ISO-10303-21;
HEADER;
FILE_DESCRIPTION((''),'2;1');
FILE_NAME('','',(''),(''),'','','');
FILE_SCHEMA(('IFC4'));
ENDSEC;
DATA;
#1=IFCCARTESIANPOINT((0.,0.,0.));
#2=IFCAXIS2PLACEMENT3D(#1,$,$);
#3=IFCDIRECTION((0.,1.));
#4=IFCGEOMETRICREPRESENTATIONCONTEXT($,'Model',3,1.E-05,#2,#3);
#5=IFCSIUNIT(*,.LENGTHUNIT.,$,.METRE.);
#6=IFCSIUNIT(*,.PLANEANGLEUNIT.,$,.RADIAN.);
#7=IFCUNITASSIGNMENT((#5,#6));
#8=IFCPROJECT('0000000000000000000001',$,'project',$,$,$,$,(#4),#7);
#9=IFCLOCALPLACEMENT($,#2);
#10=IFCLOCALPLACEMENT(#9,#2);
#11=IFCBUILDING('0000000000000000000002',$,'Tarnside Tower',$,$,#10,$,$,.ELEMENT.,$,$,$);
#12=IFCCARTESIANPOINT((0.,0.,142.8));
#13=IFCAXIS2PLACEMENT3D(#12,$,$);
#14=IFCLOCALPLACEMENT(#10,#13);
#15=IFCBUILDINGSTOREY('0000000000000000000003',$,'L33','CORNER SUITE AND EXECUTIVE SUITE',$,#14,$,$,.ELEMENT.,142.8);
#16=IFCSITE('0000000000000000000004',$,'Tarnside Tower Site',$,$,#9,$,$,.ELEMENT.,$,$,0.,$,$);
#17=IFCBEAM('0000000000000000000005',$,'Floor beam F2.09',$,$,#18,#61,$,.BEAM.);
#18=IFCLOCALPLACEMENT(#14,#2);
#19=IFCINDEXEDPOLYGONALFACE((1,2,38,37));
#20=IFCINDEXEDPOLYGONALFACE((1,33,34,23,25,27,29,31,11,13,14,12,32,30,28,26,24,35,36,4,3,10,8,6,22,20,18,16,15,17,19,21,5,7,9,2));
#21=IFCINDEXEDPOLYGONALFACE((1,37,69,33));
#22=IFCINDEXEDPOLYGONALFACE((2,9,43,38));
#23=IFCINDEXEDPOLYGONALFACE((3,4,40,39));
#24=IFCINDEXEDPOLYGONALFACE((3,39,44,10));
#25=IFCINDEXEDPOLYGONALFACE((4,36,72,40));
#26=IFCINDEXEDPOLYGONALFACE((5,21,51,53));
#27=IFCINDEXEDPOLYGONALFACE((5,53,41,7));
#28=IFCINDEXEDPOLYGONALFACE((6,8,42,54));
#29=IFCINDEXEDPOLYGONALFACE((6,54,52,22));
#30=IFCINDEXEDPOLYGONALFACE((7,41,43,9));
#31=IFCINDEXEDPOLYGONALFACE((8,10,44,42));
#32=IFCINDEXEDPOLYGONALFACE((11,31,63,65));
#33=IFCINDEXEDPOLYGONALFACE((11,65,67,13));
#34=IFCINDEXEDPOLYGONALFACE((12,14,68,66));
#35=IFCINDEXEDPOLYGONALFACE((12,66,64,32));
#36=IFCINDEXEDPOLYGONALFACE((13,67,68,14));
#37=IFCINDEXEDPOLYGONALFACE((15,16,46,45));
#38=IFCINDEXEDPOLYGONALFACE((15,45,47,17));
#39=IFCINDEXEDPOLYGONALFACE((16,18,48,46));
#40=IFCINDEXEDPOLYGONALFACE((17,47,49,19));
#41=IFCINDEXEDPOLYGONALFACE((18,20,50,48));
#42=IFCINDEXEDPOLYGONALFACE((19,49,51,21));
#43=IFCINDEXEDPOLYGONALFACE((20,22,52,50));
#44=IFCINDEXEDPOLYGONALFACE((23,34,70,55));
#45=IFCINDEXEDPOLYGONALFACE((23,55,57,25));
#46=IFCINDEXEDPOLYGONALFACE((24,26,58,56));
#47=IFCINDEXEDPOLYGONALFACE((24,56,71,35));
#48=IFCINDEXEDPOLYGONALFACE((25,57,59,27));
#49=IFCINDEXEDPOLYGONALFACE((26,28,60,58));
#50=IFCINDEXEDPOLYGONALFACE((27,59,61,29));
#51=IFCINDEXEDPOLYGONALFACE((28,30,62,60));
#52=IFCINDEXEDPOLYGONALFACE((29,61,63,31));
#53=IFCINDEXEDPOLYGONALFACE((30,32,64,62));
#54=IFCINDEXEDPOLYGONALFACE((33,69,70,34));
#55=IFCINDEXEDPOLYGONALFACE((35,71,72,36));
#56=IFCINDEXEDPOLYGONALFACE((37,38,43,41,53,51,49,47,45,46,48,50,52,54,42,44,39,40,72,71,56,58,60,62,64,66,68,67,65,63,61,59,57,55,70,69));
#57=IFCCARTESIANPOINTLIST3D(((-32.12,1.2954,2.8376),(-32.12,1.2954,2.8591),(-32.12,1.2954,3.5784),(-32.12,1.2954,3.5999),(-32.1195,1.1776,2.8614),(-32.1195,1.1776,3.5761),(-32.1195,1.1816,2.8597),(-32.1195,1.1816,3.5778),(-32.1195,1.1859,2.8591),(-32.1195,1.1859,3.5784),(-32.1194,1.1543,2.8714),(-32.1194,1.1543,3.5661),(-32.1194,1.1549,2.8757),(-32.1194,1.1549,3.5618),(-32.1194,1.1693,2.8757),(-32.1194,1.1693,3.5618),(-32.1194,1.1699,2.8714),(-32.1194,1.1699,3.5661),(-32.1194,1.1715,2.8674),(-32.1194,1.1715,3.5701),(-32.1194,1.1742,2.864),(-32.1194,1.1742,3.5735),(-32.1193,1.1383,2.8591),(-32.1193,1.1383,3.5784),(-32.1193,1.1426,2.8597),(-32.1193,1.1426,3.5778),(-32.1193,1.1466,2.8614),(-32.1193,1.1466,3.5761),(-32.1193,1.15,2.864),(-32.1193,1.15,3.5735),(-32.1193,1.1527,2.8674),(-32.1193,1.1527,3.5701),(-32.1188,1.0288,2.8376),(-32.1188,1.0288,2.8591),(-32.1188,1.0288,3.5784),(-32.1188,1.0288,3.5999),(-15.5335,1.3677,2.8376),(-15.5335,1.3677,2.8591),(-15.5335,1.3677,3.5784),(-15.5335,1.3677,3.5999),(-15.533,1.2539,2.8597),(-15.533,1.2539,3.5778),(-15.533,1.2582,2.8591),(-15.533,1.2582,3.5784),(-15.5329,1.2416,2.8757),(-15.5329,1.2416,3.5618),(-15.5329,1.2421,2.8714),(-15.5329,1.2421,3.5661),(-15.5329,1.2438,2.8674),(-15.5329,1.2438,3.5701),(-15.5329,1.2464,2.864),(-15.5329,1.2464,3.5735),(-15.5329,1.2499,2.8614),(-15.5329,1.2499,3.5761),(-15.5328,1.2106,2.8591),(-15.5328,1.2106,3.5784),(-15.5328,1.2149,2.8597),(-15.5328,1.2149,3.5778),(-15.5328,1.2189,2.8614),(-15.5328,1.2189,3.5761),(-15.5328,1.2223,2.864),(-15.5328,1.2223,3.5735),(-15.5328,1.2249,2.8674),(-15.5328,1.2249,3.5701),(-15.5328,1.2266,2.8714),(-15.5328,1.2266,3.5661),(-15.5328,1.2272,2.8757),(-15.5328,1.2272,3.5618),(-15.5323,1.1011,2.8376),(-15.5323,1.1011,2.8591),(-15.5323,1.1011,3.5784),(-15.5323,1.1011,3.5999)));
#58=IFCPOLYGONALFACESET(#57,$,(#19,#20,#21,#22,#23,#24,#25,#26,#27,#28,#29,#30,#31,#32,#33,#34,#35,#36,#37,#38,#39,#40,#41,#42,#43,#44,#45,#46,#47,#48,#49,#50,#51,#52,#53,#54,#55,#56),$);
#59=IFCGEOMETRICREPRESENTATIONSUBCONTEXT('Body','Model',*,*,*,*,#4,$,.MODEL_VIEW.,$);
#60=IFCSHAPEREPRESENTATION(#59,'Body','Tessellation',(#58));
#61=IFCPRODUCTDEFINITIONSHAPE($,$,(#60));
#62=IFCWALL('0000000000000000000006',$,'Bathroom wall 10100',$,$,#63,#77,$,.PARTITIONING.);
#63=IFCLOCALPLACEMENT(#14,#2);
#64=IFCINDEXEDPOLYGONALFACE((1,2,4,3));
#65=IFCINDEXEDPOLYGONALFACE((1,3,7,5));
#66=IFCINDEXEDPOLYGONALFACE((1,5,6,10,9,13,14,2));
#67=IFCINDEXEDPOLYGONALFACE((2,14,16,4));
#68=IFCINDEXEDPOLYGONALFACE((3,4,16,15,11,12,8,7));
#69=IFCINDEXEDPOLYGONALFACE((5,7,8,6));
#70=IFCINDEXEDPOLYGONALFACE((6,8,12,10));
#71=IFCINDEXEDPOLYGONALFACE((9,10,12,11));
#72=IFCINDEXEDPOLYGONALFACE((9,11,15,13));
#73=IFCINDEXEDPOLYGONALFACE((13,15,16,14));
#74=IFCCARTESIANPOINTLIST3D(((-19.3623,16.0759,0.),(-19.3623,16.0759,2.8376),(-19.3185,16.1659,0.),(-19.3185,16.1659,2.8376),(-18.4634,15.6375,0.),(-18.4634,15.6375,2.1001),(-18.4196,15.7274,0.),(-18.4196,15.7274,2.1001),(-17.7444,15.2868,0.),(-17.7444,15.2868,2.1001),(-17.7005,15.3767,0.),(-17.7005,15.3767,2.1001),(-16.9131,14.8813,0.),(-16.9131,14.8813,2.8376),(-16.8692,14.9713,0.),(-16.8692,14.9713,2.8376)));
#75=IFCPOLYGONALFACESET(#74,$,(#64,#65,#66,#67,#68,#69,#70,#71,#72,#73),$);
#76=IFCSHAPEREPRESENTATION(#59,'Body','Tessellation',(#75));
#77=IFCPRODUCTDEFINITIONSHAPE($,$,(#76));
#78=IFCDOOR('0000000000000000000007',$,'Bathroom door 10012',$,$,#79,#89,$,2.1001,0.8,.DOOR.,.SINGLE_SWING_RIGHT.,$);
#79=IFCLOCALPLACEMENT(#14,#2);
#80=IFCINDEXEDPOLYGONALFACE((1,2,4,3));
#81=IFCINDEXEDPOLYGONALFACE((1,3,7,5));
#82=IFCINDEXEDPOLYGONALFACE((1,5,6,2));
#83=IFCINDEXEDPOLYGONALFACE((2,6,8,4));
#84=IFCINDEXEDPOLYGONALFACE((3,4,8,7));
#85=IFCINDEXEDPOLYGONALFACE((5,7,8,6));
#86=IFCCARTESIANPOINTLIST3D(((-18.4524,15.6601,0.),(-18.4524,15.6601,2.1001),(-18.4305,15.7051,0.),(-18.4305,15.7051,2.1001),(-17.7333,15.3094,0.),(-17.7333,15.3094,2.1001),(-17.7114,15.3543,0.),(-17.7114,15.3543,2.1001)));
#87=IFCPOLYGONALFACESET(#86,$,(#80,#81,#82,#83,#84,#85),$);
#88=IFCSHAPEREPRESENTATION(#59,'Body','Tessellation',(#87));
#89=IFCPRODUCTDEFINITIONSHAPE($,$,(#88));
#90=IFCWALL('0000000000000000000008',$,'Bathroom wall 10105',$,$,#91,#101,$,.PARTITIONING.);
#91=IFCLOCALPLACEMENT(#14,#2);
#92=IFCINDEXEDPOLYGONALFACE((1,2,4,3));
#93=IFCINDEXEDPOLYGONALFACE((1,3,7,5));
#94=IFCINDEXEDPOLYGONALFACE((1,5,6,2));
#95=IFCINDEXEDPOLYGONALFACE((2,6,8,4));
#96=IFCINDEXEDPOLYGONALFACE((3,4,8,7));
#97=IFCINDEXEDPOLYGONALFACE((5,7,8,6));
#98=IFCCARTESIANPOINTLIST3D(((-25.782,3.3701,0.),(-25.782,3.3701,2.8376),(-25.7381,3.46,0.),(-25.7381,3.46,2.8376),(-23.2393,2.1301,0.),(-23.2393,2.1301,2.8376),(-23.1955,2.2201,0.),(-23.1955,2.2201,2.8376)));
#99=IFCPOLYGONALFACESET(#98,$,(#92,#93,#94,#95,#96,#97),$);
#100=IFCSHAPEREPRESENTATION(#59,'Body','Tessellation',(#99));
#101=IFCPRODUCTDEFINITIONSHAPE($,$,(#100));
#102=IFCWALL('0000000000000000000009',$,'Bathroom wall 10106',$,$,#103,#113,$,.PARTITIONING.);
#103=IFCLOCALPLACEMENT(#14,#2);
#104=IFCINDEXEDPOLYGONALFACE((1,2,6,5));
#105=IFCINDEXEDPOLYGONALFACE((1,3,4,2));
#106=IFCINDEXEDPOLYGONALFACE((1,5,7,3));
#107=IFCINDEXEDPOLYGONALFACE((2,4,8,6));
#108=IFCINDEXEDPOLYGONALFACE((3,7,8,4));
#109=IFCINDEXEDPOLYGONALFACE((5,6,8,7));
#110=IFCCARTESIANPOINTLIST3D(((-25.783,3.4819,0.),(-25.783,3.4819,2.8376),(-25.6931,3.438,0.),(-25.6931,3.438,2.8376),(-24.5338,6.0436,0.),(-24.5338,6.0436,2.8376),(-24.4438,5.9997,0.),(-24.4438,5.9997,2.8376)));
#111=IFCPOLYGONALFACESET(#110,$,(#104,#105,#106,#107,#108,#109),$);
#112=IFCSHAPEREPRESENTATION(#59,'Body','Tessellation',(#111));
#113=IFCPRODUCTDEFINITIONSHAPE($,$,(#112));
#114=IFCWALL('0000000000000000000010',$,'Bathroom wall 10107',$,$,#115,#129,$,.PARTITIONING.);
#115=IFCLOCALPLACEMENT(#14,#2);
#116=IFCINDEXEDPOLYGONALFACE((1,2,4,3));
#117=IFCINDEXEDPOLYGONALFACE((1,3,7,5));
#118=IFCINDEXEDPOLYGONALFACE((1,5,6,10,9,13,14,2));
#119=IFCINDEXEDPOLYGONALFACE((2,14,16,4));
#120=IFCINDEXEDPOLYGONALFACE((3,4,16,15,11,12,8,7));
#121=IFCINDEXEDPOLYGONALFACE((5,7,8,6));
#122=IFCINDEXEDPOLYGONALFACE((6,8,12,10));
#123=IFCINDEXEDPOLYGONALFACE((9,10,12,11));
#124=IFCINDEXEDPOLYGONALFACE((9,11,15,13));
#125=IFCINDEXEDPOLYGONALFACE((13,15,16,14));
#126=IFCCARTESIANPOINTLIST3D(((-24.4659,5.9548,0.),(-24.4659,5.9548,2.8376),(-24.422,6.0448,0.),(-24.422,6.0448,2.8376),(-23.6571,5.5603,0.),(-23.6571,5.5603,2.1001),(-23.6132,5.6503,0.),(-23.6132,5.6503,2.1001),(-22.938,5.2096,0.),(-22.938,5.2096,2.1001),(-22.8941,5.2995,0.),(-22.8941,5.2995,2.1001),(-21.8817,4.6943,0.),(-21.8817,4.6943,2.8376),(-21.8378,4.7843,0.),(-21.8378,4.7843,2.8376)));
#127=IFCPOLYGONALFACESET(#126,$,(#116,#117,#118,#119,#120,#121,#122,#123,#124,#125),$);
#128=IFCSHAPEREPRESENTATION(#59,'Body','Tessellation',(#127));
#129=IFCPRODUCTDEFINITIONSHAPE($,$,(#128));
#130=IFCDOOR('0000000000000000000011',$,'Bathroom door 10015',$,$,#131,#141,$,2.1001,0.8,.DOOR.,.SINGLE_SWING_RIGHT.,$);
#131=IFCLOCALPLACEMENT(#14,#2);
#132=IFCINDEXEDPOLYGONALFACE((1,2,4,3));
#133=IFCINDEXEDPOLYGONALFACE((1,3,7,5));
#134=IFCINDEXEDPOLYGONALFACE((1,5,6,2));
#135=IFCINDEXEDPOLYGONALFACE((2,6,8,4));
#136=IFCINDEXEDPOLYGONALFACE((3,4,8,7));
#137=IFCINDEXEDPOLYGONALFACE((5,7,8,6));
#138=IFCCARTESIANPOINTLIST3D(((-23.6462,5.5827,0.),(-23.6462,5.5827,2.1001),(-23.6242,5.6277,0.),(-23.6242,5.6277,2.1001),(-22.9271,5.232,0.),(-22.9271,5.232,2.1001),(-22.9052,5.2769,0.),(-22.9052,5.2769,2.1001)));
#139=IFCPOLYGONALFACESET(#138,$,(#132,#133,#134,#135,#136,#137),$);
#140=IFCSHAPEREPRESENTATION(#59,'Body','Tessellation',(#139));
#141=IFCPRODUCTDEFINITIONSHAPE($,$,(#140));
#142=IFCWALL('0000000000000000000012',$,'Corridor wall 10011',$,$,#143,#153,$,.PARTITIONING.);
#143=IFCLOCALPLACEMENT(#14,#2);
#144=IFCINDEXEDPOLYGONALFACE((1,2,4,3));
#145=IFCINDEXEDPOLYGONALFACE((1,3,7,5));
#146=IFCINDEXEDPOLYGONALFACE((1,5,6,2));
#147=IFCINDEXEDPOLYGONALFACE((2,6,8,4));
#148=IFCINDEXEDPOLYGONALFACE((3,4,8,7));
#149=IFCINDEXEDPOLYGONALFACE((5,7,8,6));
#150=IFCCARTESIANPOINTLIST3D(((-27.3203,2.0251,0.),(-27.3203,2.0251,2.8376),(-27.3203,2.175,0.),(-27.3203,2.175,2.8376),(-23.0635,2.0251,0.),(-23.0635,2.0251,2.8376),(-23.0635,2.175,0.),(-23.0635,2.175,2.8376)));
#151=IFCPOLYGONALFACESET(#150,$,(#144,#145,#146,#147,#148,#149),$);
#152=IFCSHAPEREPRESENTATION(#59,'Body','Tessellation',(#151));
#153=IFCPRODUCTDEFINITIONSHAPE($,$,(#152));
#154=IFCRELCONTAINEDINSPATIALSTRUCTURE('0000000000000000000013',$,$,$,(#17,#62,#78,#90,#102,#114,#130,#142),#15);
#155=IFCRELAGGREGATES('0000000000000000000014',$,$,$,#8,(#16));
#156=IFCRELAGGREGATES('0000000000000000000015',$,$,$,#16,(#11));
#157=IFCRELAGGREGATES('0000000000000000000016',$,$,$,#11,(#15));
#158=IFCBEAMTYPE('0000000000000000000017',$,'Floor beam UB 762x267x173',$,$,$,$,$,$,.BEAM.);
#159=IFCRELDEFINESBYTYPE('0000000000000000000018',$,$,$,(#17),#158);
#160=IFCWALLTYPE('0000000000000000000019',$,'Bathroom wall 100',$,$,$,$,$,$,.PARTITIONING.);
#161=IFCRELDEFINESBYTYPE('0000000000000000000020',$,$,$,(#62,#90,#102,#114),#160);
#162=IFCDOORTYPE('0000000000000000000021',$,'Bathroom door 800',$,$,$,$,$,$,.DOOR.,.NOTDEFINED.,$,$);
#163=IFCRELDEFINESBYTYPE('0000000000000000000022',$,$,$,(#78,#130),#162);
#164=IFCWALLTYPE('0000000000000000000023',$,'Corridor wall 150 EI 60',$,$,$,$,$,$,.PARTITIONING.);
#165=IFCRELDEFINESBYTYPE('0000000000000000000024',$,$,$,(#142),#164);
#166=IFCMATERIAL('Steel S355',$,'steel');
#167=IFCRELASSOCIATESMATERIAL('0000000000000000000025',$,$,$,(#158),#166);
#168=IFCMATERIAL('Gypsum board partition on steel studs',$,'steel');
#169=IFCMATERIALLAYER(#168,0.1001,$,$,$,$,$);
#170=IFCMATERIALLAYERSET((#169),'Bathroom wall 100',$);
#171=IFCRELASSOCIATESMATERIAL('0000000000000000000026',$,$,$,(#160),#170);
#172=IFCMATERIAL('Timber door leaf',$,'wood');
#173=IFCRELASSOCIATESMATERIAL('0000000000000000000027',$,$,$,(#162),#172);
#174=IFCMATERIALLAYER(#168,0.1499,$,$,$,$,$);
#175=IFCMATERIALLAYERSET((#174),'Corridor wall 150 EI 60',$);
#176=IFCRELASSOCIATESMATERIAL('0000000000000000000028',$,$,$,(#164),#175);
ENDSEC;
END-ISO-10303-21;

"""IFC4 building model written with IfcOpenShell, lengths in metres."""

from ifc_helpers import new_model, si_unit, direction, frame, frame_2d, origin, origin_2d, place, context, subcontext, project, spatial, rectangle, i_section, extrude, material, layer, layer_set, material_profile, profile_set, type_object, element, fill, save


model = new_model("IFC4")

# Units and contexts
model_context = context("Model", 3, precision=1e-05, world=origin(), true_north=direction((0.0, 1.0)))
body_context = subcontext(model_context, "Body", "Model", "MODEL_VIEW")
ifc_project = project(units=[si_unit("LENGTHUNIT", "METRE"), si_unit("PLANEANGLEUNIT", "RADIAN")], contexts=[model_context])

# Site, building, storey
site_placement = place(None, origin())
site = spatial("IfcSite", under=ifc_project, at=site_placement, Name="Tarnside Tower Site", CompositionType="ELEMENT", RefElevation=0.0)
building_placement = place(site_placement, origin())
building = spatial("IfcBuilding", under=site, at=building_placement, Name="Tarnside Tower", CompositionType="ELEMENT")
storey_placement = place(building_placement, frame((0.0, 0.0, 142.8)))
storey = spatial("IfcBuildingStorey", under=building, at=storey_placement, Name="L33", Description="CORNER SUITE AND EXECUTIVE SUITE", CompositionType="ELEMENT", Elevation=142.8)

# Beam
ifc_material_1 = material(Name="Steel S355", Category="steel")
ifc_material_profile_1 = material_profile(ifc_material_1, i_section(OverallWidth=0.2666, OverallDepth=0.7622, WebThickness=0.0144, FlangeThickness=0.0215, FilletRadius=0.0166, at=origin_2d()), Name="UB 762x267x173")
ifc_profile_set_1 = profile_set([ifc_material_profile_1], Name="Steel S355")
beam_type_1 = type_object("IfcBeamType", Name="Floor beam UB 762x267x173", PredefinedType="BEAM", material=ifc_profile_set_1)
beam_1_placement = place(storey_placement, frame((-32.1194, 1.1621, 3.2188), z_axis=(0.999991, 0.004357, 0.0), x_axis=(-0.004357, 0.999991, 0.0)))
element("IfcBeam", 1, at=beam_1_placement, inside=storey, type_object=beam_type_1, Name="Floor beam F2.09", PredefinedType="BEAM", context=body_context, shape_type="SweptSolid", body=[
    extrude(i_section(OverallWidth=0.2666, OverallDepth=0.7622, WebThickness=0.0144, FlangeThickness=0.0215, FilletRadius=0.0166, at=origin_2d()), origin(), (0.0, 0.0, 1.0), 16.5867),
])

# Wall, opening, door
ifc_material_2 = material(Name="Gypsum board partition on steel studs", Category="steel")
ifc_layer_1 = layer(ifc_material_2, 0.1001)
ifc_layer_set_1 = layer_set([ifc_layer_1], Name="Bathroom wall 100")
wall_type_1 = type_object("IfcWallType", Name="Bathroom wall 100", PredefinedType="PARTITIONING", material=ifc_layer_set_1)
wall_1_placement = place(storey_placement, frame((-16.8911, 14.9263, 0.0), z_axis=(0.0, 0.0, 1.0), x_axis=(-0.898792, 0.438376, 0.0)))
wall_1 = element("IfcWall", 2, at=wall_1_placement, inside=storey, type_object=wall_type_1, Name="Bathroom wall 10100", PredefinedType="PARTITIONING", context=body_context, shape_type="SweptSolid", body=[
    extrude(rectangle(XDim=2.7251, YDim=0.1001, at=frame_2d((1.3625, 0.0))), origin(), (0.0, 0.0, 1.0), 2.8376),
])
opening_1_placement = place(wall_1_placement, frame((0.925, 0.0, 0.0)))
opening_1 = element("IfcOpeningElement", 3, at=opening_1_placement, cuts=wall_1, PredefinedType="OPENING", context=body_context, shape_type="SweptSolid", body=[
    extrude(rectangle(XDim=0.8, YDim=2.1001, at=frame_2d((0.3999, 1.05))), frame((0.0, 0.0601, 0.0), z_axis=(0.0, -1.0, 0.0), x_axis=(1.0, 0.0, 0.0)), (0.0, 0.0, 1.0), 0.1201),
])
ifc_material_3 = material(Name="Timber door leaf", Category="wood")
door_type_1 = type_object("IfcDoorType", Name="Bathroom door 800", OperationType="NOTDEFINED", PredefinedType="DOOR", material=ifc_material_3)
door_1_placement = place(opening_1_placement, origin())
door_1 = element("IfcDoor", 4, at=door_1_placement, inside=storey, type_object=door_type_1, Name="Bathroom door 10012", OperationType="SINGLE_SWING_RIGHT", OverallHeight=2.1001, OverallWidth=0.8, PredefinedType="DOOR", context=body_context, shape_type="SweptSolid", body=[
    extrude(rectangle(XDim=0.8, YDim=2.1001, at=frame_2d((0.3999, 1.05))), frame((0.0, 0.0249, 0.0), z_axis=(0.0, -1.0, 0.0), x_axis=(1.0, 0.0, 0.0)), (0.0, 0.0, 1.0), 0.05),
])
fill(opening_1, door_1)

# Walls
wall_2_placement = place(storey_placement, frame((-23.2173, 2.175, 0.0), z_axis=(0.0, 0.0, 1.0), x_axis=(-0.898819, 0.43832, 0.0)))
element("IfcWall", 5, at=wall_2_placement, inside=storey, type_object=wall_type_1, Name="Bathroom wall 10105", PredefinedType="PARTITIONING", context=body_context, shape_type="SweptSolid", body=[
    extrude(rectangle(XDim=2.8289, YDim=0.1001, at=frame_2d((1.4146, 0.0))), origin(), (0.0, 0.0, 1.0), 2.8376),
])
wall_3_placement = place(storey_placement, frame((-25.738, 3.46, 0.0), z_axis=(0.0, 0.0, 1.0), x_axis=(0.438317, 0.89882, 0.0)))
element("IfcWall", 6, at=wall_3_placement, inside=storey, type_object=wall_type_1, Name="Bathroom wall 10106", PredefinedType="PARTITIONING", context=body_context, shape_type="SweptSolid", body=[
    extrude(rectangle(XDim=2.8501, YDim=0.1001, at=frame_2d((1.425, 0.0))), origin(), (0.0, 0.0, 1.0), 2.8376),
])

# Wall, opening, door
wall_4_placement = place(storey_placement, frame((-24.4438, 5.9998, 0.0), z_axis=(0.0, 0.0, 1.0), x_axis=(0.898782, -0.438395, 0.0)))
wall_4 = element("IfcWall", 7, at=wall_4_placement, inside=storey, type_object=wall_type_1, Name="Bathroom wall 10107", PredefinedType="PARTITIONING", context=body_context, shape_type="SweptSolid", body=[
    extrude(rectangle(XDim=2.8752, YDim=0.1001, at=frame_2d((1.4375, 0.0))), origin(), (0.0, 0.0, 1.0), 2.8376),
])
opening_2_placement = place(wall_4_placement, frame((0.8999, 0.0, 0.0)))
opening_2 = element("IfcOpeningElement", 8, at=opening_2_placement, cuts=wall_4, PredefinedType="OPENING", context=body_context, shape_type="SweptSolid", body=[
    extrude(rectangle(XDim=0.8, YDim=2.1001, at=frame_2d((0.3999, 1.05))), frame((0.0, 0.0601, 0.0), z_axis=(0.0, -1.0, 0.0), x_axis=(1.0, 0.0, 0.0)), (0.0, 0.0, 1.0), 0.1201),
])
door_2_placement = place(opening_2_placement, origin())
door_2 = element("IfcDoor", 9, at=door_2_placement, inside=storey, type_object=door_type_1, Name="Bathroom door 10015", OperationType="SINGLE_SWING_RIGHT", OverallHeight=2.1001, OverallWidth=0.8, PredefinedType="DOOR", context=body_context, shape_type="SweptSolid", body=[
    extrude(rectangle(XDim=0.8, YDim=2.1001, at=frame_2d((0.3999, 1.05))), frame((0.0, 0.0249, 0.0), z_axis=(0.0, -1.0, 0.0), x_axis=(1.0, 0.0, 0.0)), (0.0, 0.0, 1.0), 0.05),
])
fill(opening_2, door_2)

# Wall
ifc_layer_2 = layer(ifc_material_2, 0.1499)
ifc_layer_set_2 = layer_set([ifc_layer_2], Name="Corridor wall 150 EI 60")
wall_type_2 = type_object("IfcWallType", Name="Corridor wall 150 EI 60", PredefinedType="PARTITIONING", material=ifc_layer_set_2)
wall_5_placement = place(storey_placement, frame((-23.0635, 2.1001, 0.0), z_axis=(0.0, 0.0, 1.0), x_axis=(-1.0, 0.0, 0.0)))
element("IfcWall", 10, at=wall_5_placement, inside=storey, type_object=wall_type_2, Name="Corridor wall 10011", PredefinedType="PARTITIONING", context=body_context, shape_type="SweptSolid", body=[
    extrude(rectangle(XDim=4.2568, YDim=0.1499, at=frame_2d((2.1284, 0.0))), origin(), (0.0, 0.0, 1.0), 2.8376),
])

save(model, "model.ifc")
